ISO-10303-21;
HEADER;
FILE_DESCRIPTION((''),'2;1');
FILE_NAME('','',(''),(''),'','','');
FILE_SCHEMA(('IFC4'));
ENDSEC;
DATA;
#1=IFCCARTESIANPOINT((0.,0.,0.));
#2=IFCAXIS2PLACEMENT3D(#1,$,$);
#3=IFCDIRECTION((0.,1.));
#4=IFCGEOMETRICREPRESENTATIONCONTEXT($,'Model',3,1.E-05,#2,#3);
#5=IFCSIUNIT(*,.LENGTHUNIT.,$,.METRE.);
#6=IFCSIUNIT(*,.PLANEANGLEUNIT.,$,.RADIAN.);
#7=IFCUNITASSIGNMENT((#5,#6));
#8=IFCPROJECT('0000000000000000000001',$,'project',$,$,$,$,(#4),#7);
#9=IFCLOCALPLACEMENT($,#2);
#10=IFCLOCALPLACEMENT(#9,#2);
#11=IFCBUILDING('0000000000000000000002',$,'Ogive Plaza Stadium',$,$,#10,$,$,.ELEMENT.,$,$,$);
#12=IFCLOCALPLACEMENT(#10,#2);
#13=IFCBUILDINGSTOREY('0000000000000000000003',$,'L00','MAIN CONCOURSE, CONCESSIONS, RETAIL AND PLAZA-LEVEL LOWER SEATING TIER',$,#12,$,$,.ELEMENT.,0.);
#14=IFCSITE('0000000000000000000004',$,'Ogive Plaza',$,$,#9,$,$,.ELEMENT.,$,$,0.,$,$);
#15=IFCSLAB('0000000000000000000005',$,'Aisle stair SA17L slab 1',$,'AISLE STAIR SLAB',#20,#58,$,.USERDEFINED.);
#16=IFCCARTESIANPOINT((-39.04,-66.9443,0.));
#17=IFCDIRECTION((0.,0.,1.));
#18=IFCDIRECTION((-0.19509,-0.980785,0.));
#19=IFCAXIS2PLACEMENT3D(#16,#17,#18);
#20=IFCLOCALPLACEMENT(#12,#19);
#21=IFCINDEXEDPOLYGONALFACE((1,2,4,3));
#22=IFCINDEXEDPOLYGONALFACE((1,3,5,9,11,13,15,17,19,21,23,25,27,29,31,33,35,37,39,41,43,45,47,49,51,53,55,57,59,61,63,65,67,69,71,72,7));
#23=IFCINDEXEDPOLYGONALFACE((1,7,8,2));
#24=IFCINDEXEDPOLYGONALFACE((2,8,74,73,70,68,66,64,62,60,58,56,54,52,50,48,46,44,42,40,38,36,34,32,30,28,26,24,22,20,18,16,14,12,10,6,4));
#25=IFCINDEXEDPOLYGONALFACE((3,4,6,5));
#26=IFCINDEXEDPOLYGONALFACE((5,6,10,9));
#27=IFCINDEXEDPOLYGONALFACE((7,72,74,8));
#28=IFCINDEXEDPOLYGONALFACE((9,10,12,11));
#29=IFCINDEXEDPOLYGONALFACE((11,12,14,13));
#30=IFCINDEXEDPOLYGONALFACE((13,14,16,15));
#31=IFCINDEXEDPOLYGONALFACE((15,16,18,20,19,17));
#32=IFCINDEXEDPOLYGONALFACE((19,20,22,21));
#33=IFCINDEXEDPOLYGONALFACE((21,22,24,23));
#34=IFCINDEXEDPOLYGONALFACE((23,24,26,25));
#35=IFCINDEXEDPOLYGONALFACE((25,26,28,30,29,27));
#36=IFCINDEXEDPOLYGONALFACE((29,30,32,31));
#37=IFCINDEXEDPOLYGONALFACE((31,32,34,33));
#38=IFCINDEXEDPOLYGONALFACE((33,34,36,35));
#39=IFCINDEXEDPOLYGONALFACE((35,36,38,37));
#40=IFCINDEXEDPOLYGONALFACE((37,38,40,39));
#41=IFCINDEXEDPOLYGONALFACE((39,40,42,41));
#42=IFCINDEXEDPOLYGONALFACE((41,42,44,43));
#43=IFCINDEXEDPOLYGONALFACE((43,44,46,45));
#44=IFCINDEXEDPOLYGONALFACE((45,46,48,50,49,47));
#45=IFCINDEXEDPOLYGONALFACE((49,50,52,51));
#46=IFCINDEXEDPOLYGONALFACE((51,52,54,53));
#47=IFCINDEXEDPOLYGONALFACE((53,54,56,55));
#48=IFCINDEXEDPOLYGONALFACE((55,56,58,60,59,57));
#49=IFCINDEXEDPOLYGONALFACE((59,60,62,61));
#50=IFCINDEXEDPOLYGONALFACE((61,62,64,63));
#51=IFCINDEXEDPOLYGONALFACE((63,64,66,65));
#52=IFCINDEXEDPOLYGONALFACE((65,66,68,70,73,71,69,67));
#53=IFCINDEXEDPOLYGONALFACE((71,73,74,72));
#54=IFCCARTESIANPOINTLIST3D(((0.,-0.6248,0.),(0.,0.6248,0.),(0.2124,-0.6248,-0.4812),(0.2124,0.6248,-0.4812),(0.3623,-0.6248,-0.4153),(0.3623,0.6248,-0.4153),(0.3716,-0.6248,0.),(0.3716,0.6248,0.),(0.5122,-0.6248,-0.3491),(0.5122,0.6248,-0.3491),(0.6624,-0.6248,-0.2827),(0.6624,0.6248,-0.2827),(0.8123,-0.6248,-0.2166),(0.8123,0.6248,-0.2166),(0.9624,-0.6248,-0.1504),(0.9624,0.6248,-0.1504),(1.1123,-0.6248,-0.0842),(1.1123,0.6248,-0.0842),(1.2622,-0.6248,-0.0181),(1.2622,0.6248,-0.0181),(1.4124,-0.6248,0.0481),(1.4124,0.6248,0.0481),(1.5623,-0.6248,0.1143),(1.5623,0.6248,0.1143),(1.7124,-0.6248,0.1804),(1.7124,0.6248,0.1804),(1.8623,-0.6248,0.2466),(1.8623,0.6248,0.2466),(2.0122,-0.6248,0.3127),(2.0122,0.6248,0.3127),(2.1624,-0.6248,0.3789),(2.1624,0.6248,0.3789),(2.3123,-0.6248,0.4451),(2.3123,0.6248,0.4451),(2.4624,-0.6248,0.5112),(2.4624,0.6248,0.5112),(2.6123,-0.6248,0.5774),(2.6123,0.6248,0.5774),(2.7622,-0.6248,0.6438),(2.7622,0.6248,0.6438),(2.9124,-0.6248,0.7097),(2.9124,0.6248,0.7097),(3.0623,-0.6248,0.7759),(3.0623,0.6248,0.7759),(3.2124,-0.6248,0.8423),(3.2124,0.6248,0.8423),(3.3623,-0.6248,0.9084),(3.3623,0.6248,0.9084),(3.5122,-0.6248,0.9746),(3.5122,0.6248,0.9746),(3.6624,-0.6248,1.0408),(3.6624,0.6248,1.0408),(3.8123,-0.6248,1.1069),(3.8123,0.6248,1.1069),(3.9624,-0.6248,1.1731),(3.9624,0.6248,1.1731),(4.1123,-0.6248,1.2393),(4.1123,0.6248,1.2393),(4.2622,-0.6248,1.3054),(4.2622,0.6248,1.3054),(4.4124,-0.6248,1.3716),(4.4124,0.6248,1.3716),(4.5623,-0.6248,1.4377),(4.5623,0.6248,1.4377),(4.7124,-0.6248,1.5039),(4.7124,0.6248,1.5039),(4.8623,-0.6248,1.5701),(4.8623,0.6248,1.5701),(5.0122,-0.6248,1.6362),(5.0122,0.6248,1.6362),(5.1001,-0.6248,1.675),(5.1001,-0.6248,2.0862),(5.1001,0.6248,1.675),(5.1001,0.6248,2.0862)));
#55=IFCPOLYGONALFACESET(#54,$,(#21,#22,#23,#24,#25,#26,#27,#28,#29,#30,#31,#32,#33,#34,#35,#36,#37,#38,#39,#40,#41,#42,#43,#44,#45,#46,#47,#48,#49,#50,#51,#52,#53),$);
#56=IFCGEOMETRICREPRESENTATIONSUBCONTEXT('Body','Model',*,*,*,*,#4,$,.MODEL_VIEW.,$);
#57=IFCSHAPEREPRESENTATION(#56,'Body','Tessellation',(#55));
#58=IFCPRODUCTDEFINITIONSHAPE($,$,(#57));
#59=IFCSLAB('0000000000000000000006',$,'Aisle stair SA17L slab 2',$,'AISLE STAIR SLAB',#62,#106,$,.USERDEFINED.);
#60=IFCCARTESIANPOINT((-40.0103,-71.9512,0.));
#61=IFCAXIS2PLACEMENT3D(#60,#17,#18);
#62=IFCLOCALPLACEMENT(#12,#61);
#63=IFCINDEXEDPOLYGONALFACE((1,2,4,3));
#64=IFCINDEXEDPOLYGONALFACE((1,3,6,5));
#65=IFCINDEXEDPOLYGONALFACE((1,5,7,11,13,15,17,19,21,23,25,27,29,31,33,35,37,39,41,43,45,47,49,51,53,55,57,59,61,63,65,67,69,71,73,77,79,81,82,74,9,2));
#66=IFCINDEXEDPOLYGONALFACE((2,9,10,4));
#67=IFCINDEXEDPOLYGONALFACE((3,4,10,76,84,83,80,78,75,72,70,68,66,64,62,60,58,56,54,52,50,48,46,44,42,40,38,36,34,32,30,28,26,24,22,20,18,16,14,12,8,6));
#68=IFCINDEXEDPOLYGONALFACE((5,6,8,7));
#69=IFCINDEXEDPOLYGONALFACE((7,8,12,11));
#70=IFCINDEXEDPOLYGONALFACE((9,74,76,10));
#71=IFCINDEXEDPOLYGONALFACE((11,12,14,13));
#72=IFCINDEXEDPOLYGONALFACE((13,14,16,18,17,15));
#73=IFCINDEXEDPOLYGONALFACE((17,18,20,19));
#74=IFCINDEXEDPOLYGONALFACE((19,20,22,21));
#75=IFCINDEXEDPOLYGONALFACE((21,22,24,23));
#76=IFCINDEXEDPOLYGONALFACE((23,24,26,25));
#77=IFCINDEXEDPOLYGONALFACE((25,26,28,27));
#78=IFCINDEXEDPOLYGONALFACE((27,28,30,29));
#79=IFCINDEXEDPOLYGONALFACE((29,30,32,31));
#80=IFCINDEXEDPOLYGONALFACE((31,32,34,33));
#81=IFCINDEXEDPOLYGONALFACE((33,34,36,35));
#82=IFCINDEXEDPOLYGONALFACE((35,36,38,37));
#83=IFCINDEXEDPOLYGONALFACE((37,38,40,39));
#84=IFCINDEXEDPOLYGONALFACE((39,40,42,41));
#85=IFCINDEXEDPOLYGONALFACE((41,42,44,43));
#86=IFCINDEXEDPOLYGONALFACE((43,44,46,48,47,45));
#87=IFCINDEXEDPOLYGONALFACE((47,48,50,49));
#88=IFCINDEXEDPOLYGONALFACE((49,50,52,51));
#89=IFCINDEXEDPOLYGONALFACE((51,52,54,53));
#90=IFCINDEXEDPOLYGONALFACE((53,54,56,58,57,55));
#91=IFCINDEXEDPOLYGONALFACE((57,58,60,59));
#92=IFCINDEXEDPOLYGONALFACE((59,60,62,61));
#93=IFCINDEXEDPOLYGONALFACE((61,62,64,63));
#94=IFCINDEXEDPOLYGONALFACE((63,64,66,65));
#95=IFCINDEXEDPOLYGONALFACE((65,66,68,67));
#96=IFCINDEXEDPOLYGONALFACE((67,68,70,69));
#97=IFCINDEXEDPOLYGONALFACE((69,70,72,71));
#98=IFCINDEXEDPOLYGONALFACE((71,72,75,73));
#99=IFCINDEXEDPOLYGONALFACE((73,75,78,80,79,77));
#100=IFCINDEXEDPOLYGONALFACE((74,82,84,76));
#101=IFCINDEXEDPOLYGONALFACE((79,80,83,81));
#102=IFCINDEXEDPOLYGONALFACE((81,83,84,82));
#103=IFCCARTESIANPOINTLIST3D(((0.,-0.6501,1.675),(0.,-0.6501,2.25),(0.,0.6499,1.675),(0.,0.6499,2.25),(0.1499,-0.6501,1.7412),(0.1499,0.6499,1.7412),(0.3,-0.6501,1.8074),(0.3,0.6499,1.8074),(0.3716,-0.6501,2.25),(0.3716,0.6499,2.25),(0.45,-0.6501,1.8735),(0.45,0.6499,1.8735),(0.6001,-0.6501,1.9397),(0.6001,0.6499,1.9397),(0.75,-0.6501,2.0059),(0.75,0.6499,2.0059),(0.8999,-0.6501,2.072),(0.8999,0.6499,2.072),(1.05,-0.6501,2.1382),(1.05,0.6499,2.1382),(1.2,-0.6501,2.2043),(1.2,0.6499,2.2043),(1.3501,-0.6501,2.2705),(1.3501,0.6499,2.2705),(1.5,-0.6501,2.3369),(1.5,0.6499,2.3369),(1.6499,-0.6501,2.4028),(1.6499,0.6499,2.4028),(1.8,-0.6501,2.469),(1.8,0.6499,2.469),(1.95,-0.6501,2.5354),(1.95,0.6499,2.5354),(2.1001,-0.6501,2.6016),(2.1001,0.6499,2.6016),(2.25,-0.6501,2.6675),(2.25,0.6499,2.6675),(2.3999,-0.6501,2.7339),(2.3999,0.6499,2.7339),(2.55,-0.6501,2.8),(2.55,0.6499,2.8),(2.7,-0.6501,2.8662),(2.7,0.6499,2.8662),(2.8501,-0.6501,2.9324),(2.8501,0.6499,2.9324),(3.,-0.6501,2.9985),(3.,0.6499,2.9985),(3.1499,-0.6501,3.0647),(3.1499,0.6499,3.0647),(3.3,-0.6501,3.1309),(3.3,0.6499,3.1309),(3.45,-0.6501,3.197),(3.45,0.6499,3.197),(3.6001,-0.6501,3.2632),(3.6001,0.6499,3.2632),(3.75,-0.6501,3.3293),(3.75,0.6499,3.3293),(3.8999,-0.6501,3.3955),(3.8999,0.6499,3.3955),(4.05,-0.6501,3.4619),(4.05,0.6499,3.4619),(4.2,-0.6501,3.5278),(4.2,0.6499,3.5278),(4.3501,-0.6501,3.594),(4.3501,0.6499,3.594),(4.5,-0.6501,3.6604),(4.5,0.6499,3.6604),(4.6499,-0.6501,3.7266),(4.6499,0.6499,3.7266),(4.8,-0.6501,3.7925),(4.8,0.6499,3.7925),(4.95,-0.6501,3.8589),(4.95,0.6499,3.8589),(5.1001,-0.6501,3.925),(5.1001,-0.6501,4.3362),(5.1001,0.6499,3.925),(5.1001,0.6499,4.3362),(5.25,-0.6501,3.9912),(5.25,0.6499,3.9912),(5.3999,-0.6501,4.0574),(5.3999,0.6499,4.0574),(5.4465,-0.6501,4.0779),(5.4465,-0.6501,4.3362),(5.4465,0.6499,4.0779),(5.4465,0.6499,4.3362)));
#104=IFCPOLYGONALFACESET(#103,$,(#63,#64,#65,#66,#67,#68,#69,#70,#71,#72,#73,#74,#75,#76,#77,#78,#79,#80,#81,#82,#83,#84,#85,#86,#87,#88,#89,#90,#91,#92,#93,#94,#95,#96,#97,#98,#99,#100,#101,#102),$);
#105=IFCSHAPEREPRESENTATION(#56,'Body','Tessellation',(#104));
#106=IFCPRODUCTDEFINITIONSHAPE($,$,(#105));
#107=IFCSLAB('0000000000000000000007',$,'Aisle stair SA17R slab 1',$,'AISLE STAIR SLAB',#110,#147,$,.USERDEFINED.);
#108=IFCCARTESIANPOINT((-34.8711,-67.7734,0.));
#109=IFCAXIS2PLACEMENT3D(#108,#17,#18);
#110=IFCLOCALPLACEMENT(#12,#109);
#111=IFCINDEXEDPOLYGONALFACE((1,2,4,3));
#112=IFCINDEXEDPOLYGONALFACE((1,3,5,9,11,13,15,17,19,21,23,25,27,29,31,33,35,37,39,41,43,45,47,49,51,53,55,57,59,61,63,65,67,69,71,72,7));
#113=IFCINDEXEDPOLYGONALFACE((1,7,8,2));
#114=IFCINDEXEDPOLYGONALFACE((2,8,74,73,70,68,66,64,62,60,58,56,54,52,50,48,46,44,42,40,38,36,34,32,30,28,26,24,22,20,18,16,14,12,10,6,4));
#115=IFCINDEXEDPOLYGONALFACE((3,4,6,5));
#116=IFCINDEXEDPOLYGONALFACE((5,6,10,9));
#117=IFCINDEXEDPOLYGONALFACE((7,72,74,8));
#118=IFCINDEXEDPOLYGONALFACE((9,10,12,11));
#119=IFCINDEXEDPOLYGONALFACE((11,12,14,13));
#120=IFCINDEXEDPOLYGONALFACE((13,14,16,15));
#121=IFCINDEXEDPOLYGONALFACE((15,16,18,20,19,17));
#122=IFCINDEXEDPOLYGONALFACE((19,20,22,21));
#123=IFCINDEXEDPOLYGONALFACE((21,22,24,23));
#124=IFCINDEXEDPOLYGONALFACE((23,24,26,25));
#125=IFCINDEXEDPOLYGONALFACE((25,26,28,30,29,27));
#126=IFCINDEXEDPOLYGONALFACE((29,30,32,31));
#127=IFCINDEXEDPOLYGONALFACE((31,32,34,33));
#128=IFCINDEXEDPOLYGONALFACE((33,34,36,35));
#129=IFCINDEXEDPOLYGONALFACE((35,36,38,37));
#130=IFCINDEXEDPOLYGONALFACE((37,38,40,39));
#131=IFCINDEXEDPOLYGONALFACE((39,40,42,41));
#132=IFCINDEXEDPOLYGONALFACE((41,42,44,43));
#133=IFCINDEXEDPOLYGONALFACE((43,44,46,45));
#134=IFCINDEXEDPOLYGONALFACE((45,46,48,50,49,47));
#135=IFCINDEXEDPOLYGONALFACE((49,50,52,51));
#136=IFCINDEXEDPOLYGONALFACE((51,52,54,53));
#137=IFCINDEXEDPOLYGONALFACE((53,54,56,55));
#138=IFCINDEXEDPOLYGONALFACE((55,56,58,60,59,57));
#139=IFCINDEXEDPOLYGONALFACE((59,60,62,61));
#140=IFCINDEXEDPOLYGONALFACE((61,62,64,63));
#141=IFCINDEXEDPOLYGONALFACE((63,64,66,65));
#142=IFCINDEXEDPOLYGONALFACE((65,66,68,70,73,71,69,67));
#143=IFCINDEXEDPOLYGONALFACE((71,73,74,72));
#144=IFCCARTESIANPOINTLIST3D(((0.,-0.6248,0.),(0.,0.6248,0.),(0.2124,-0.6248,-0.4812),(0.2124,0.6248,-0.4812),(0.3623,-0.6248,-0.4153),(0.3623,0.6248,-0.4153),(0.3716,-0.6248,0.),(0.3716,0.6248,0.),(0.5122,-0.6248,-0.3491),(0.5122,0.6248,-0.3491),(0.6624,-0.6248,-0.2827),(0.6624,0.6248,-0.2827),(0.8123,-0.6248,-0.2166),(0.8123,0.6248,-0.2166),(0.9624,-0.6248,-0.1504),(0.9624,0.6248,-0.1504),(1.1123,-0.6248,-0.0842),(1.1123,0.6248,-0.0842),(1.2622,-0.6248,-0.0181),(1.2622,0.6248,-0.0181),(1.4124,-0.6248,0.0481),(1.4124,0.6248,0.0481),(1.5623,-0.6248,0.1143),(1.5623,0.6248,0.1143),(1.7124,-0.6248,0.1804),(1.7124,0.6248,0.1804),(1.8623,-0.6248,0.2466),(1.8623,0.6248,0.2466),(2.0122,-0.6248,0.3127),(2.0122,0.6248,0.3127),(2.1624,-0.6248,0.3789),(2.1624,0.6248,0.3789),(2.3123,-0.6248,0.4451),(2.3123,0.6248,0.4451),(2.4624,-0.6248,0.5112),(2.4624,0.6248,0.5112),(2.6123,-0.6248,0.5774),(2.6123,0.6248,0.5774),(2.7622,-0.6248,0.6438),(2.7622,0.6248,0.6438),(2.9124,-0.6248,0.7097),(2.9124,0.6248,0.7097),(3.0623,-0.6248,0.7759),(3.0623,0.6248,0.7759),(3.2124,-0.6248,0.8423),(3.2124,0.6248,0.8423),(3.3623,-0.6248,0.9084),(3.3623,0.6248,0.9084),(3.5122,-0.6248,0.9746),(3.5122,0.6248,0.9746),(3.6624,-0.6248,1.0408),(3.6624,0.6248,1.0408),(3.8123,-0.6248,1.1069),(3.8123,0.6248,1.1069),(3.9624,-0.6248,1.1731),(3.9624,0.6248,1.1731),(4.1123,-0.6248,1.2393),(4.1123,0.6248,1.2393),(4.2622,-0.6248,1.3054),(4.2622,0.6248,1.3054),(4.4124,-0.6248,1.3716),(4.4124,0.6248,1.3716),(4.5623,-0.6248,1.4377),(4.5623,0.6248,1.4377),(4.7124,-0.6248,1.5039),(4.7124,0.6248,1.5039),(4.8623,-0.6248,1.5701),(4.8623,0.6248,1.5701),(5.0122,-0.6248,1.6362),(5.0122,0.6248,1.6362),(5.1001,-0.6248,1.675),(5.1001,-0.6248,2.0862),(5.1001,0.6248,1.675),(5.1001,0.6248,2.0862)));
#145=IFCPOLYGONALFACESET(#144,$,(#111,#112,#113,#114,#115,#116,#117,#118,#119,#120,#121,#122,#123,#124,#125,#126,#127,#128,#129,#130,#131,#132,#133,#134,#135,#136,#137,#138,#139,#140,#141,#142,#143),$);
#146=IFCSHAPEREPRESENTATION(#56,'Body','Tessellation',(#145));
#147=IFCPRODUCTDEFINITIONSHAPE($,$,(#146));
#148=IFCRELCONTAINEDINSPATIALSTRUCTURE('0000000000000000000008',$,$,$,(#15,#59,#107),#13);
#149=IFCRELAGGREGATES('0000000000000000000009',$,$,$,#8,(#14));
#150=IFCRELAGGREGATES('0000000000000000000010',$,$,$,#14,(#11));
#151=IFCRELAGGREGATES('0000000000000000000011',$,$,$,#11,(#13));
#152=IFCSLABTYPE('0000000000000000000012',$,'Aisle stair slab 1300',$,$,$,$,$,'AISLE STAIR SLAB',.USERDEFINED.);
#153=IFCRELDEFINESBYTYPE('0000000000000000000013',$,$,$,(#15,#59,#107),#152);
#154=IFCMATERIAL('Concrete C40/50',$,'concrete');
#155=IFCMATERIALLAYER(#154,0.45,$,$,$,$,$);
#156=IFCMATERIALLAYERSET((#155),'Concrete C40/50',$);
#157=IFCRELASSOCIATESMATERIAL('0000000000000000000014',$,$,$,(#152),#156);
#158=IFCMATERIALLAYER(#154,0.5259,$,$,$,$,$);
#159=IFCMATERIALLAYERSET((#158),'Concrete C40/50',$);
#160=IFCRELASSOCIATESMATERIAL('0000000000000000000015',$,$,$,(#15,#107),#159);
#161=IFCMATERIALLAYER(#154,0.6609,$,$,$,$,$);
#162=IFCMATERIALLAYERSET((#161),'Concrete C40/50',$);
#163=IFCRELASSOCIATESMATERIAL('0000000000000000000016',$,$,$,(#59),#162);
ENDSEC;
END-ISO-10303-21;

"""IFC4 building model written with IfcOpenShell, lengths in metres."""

from ifc_helpers import new_model, si_unit, direction, frame, origin, place, context, subcontext, project, spatial, polyline, outline, extrude, material, layer, layer_set, type_object, element, save


model = new_model("IFC4")

# Units and contexts
model_context = context("Model", 3, precision=1e-05, world=origin(), true_north=direction((0.0, 1.0)))
body_context = subcontext(model_context, "Body", "Model", "MODEL_VIEW")
ifc_project = project(units=[si_unit("LENGTHUNIT", "METRE"), si_unit("PLANEANGLEUNIT", "RADIAN")], contexts=[model_context])

# Site, building, storey
site_placement = place(None, origin())
site = spatial("IfcSite", under=ifc_project, at=site_placement, Name="Ogive Plaza", CompositionType="ELEMENT", RefElevation=0.0)
building_placement = place(site_placement, origin())
building = spatial("IfcBuilding", under=site, at=building_placement, Name="Ogive Plaza Stadium", CompositionType="ELEMENT")
storey_placement = place(building_placement, origin())
storey = spatial("IfcBuildingStorey", under=building, at=storey_placement, Name="L00", Description="MAIN CONCOURSE, CONCESSIONS, RETAIL AND PLAZA-LEVEL LOWER SEATING TIER", CompositionType="ELEMENT", Elevation=0.0)

# Slabs
ifc_material_1 = material(Name="Concrete C40/50", Category="concrete")
ifc_layer_1 = layer(ifc_material_1, 0.5259)
ifc_layer_set_1 = layer_set([ifc_layer_1], Name="Concrete C40/50")
ifc_layer_2 = layer(ifc_material_1, 0.45)
ifc_layer_set_2 = layer_set([ifc_layer_2], Name="Concrete C40/50")
slab_type_1 = type_object("IfcSlabType", Name="Aisle stair slab 1300", ElementType="AISLE STAIR SLAB", PredefinedType="USERDEFINED", material=ifc_layer_set_2)
slab_1_placement = place(storey_placement, frame((-39.04, -66.9443, 0.0), z_axis=(0.0, 0.0, 1.0), x_axis=(-0.19509, -0.980785, 0.0)))
element("IfcSlab", 1, at=slab_1_placement, inside=storey, type_object=slab_type_1, material=ifc_layer_set_1, Name="Aisle stair SA17L slab 1", ObjectType="AISLE STAIR SLAB", PredefinedType="USERDEFINED", context=body_context, shape_type="SweptSolid", body=[
    extrude(outline(polyline([(0.0, 0.0), (0.3716, 0.0), (5.1001, 2.0862), (5.1001, 1.675), (5.0122, 1.6362), (4.8623, 1.5701), (4.7124, 1.5039), (4.5623, 1.4377), (4.4124, 1.3716), (4.2622, 1.3054), (4.1123, 1.2393), (3.9624, 1.1731), (3.8123, 1.1069), (3.6624, 1.0408), (3.5122, 0.9746), (3.3623, 0.9084), (3.2124, 0.8423), (3.0623, 0.7759), (2.9124, 0.7097), (2.7622, 0.6438), (2.6123, 0.5774), (2.4624, 0.5112), (2.3123, 0.4451), (2.1624, 0.3789), (2.0122, 0.3127), (1.8623, 0.2466), (1.7124, 0.1804), (1.5623, 0.1143), (1.4124, 0.0481), (1.2622, -0.0181), (1.1123, -0.0842), (0.9624, -0.1504), (0.8123, -0.2166), (0.6624, -0.2827), (0.5122, -0.3491), (0.3623, -0.4153), (0.2124, -0.4812), (0.0, 0.0)])), frame((0.0, 0.6248, 0.0), z_axis=(0.0, -1.0, 0.0), x_axis=(1.0, 0.0, 0.0)), (0.0, 0.0, 1.0), 1.2495),
])
ifc_layer_3 = layer(ifc_material_1, 0.6609)
ifc_layer_set_3 = layer_set([ifc_layer_3], Name="Concrete C40/50")
slab_2_placement = place(storey_placement, frame((-40.0103, -71.9512, 0.0), z_axis=(0.0, 0.0, 1.0), x_axis=(-0.19509, -0.980785, 0.0)))
element("IfcSlab", 2, at=slab_2_placement, inside=storey, type_object=slab_type_1, material=ifc_layer_set_3, Name="Aisle stair SA17L slab 2", ObjectType="AISLE STAIR SLAB", PredefinedType="USERDEFINED", context=body_context, shape_type="SweptSolid", body=[
    extrude(outline(polyline([(0.0, 2.25), (0.3716, 2.25), (5.1001, 4.3362), (5.4465, 4.3362), (5.4465, 4.0779), (5.3999, 4.0574), (5.25, 3.9912), (5.1001, 3.925), (4.95, 3.8589), (4.8, 3.7925), (4.6499, 3.7266), (4.5, 3.6604), (4.3501, 3.594), (4.2, 3.5278), (4.05, 3.4619), (3.8999, 3.3955), (3.75, 3.3293), (3.6001, 3.2632), (3.45, 3.197), (3.3, 3.1309), (3.1499, 3.0647), (3.0, 2.9985), (2.8501, 2.9324), (2.7, 2.8662), (2.55, 2.8), (2.3999, 2.7339), (2.25, 2.6675), (2.1001, 2.6016), (1.95, 2.5354), (1.8, 2.469), (1.6499, 2.4028), (1.5, 2.3369), (1.3501, 2.2705), (1.2, 2.2043), (1.05, 2.1382), (0.8999, 2.072), (0.75, 2.0059), (0.6001, 1.9397), (0.45, 1.8735), (0.3, 1.8074), (0.1499, 1.7412), (0.0, 1.675), (0.0, 2.25)])), frame((0.0, 0.6499, 0.0), z_axis=(0.0, -1.0, 0.0), x_axis=(1.0, 0.0, 0.0)), (0.0, 0.0, 1.0), 1.3),
])
slab_3_placement = place(storey_placement, frame((-34.8711, -67.7734, 0.0), z_axis=(0.0, 0.0, 1.0), x_axis=(-0.19509, -0.980785, 0.0)))
element("IfcSlab", 3, at=slab_3_placement, inside=storey, type_object=slab_type_1, material=ifc_layer_set_1, Name="Aisle stair SA17R slab 1", ObjectType="AISLE STAIR SLAB", PredefinedType="USERDEFINED", context=body_context, shape_type="SweptSolid", body=[
    extrude(outline(polyline([(0.0, 0.0), (0.3716, 0.0), (5.1001, 2.0862), (5.1001, 1.675), (5.0122, 1.6362), (4.8623, 1.5701), (4.7124, 1.5039), (4.5623, 1.4377), (4.4124, 1.3716), (4.2622, 1.3054), (4.1123, 1.2393), (3.9624, 1.1731), (3.8123, 1.1069), (3.6624, 1.0408), (3.5122, 0.9746), (3.3623, 0.9084), (3.2124, 0.8423), (3.0623, 0.7759), (2.9124, 0.7097), (2.7622, 0.6438), (2.6123, 0.5774), (2.4624, 0.5112), (2.3123, 0.4451), (2.1624, 0.3789), (2.0122, 0.3127), (1.8623, 0.2466), (1.7124, 0.1804), (1.5623, 0.1143), (1.4124, 0.0481), (1.2622, -0.0181), (1.1123, -0.0842), (0.9624, -0.1504), (0.8123, -0.2166), (0.6624, -0.2827), (0.5122, -0.3491), (0.3623, -0.4153), (0.2124, -0.4812), (0.0, 0.0)])), frame((0.0, 0.6248, 0.0), z_axis=(0.0, -1.0, 0.0), x_axis=(1.0, 0.0, 0.0)), (0.0, 0.0, 1.0), 1.2495),
])

save(model, "model.ifc")
